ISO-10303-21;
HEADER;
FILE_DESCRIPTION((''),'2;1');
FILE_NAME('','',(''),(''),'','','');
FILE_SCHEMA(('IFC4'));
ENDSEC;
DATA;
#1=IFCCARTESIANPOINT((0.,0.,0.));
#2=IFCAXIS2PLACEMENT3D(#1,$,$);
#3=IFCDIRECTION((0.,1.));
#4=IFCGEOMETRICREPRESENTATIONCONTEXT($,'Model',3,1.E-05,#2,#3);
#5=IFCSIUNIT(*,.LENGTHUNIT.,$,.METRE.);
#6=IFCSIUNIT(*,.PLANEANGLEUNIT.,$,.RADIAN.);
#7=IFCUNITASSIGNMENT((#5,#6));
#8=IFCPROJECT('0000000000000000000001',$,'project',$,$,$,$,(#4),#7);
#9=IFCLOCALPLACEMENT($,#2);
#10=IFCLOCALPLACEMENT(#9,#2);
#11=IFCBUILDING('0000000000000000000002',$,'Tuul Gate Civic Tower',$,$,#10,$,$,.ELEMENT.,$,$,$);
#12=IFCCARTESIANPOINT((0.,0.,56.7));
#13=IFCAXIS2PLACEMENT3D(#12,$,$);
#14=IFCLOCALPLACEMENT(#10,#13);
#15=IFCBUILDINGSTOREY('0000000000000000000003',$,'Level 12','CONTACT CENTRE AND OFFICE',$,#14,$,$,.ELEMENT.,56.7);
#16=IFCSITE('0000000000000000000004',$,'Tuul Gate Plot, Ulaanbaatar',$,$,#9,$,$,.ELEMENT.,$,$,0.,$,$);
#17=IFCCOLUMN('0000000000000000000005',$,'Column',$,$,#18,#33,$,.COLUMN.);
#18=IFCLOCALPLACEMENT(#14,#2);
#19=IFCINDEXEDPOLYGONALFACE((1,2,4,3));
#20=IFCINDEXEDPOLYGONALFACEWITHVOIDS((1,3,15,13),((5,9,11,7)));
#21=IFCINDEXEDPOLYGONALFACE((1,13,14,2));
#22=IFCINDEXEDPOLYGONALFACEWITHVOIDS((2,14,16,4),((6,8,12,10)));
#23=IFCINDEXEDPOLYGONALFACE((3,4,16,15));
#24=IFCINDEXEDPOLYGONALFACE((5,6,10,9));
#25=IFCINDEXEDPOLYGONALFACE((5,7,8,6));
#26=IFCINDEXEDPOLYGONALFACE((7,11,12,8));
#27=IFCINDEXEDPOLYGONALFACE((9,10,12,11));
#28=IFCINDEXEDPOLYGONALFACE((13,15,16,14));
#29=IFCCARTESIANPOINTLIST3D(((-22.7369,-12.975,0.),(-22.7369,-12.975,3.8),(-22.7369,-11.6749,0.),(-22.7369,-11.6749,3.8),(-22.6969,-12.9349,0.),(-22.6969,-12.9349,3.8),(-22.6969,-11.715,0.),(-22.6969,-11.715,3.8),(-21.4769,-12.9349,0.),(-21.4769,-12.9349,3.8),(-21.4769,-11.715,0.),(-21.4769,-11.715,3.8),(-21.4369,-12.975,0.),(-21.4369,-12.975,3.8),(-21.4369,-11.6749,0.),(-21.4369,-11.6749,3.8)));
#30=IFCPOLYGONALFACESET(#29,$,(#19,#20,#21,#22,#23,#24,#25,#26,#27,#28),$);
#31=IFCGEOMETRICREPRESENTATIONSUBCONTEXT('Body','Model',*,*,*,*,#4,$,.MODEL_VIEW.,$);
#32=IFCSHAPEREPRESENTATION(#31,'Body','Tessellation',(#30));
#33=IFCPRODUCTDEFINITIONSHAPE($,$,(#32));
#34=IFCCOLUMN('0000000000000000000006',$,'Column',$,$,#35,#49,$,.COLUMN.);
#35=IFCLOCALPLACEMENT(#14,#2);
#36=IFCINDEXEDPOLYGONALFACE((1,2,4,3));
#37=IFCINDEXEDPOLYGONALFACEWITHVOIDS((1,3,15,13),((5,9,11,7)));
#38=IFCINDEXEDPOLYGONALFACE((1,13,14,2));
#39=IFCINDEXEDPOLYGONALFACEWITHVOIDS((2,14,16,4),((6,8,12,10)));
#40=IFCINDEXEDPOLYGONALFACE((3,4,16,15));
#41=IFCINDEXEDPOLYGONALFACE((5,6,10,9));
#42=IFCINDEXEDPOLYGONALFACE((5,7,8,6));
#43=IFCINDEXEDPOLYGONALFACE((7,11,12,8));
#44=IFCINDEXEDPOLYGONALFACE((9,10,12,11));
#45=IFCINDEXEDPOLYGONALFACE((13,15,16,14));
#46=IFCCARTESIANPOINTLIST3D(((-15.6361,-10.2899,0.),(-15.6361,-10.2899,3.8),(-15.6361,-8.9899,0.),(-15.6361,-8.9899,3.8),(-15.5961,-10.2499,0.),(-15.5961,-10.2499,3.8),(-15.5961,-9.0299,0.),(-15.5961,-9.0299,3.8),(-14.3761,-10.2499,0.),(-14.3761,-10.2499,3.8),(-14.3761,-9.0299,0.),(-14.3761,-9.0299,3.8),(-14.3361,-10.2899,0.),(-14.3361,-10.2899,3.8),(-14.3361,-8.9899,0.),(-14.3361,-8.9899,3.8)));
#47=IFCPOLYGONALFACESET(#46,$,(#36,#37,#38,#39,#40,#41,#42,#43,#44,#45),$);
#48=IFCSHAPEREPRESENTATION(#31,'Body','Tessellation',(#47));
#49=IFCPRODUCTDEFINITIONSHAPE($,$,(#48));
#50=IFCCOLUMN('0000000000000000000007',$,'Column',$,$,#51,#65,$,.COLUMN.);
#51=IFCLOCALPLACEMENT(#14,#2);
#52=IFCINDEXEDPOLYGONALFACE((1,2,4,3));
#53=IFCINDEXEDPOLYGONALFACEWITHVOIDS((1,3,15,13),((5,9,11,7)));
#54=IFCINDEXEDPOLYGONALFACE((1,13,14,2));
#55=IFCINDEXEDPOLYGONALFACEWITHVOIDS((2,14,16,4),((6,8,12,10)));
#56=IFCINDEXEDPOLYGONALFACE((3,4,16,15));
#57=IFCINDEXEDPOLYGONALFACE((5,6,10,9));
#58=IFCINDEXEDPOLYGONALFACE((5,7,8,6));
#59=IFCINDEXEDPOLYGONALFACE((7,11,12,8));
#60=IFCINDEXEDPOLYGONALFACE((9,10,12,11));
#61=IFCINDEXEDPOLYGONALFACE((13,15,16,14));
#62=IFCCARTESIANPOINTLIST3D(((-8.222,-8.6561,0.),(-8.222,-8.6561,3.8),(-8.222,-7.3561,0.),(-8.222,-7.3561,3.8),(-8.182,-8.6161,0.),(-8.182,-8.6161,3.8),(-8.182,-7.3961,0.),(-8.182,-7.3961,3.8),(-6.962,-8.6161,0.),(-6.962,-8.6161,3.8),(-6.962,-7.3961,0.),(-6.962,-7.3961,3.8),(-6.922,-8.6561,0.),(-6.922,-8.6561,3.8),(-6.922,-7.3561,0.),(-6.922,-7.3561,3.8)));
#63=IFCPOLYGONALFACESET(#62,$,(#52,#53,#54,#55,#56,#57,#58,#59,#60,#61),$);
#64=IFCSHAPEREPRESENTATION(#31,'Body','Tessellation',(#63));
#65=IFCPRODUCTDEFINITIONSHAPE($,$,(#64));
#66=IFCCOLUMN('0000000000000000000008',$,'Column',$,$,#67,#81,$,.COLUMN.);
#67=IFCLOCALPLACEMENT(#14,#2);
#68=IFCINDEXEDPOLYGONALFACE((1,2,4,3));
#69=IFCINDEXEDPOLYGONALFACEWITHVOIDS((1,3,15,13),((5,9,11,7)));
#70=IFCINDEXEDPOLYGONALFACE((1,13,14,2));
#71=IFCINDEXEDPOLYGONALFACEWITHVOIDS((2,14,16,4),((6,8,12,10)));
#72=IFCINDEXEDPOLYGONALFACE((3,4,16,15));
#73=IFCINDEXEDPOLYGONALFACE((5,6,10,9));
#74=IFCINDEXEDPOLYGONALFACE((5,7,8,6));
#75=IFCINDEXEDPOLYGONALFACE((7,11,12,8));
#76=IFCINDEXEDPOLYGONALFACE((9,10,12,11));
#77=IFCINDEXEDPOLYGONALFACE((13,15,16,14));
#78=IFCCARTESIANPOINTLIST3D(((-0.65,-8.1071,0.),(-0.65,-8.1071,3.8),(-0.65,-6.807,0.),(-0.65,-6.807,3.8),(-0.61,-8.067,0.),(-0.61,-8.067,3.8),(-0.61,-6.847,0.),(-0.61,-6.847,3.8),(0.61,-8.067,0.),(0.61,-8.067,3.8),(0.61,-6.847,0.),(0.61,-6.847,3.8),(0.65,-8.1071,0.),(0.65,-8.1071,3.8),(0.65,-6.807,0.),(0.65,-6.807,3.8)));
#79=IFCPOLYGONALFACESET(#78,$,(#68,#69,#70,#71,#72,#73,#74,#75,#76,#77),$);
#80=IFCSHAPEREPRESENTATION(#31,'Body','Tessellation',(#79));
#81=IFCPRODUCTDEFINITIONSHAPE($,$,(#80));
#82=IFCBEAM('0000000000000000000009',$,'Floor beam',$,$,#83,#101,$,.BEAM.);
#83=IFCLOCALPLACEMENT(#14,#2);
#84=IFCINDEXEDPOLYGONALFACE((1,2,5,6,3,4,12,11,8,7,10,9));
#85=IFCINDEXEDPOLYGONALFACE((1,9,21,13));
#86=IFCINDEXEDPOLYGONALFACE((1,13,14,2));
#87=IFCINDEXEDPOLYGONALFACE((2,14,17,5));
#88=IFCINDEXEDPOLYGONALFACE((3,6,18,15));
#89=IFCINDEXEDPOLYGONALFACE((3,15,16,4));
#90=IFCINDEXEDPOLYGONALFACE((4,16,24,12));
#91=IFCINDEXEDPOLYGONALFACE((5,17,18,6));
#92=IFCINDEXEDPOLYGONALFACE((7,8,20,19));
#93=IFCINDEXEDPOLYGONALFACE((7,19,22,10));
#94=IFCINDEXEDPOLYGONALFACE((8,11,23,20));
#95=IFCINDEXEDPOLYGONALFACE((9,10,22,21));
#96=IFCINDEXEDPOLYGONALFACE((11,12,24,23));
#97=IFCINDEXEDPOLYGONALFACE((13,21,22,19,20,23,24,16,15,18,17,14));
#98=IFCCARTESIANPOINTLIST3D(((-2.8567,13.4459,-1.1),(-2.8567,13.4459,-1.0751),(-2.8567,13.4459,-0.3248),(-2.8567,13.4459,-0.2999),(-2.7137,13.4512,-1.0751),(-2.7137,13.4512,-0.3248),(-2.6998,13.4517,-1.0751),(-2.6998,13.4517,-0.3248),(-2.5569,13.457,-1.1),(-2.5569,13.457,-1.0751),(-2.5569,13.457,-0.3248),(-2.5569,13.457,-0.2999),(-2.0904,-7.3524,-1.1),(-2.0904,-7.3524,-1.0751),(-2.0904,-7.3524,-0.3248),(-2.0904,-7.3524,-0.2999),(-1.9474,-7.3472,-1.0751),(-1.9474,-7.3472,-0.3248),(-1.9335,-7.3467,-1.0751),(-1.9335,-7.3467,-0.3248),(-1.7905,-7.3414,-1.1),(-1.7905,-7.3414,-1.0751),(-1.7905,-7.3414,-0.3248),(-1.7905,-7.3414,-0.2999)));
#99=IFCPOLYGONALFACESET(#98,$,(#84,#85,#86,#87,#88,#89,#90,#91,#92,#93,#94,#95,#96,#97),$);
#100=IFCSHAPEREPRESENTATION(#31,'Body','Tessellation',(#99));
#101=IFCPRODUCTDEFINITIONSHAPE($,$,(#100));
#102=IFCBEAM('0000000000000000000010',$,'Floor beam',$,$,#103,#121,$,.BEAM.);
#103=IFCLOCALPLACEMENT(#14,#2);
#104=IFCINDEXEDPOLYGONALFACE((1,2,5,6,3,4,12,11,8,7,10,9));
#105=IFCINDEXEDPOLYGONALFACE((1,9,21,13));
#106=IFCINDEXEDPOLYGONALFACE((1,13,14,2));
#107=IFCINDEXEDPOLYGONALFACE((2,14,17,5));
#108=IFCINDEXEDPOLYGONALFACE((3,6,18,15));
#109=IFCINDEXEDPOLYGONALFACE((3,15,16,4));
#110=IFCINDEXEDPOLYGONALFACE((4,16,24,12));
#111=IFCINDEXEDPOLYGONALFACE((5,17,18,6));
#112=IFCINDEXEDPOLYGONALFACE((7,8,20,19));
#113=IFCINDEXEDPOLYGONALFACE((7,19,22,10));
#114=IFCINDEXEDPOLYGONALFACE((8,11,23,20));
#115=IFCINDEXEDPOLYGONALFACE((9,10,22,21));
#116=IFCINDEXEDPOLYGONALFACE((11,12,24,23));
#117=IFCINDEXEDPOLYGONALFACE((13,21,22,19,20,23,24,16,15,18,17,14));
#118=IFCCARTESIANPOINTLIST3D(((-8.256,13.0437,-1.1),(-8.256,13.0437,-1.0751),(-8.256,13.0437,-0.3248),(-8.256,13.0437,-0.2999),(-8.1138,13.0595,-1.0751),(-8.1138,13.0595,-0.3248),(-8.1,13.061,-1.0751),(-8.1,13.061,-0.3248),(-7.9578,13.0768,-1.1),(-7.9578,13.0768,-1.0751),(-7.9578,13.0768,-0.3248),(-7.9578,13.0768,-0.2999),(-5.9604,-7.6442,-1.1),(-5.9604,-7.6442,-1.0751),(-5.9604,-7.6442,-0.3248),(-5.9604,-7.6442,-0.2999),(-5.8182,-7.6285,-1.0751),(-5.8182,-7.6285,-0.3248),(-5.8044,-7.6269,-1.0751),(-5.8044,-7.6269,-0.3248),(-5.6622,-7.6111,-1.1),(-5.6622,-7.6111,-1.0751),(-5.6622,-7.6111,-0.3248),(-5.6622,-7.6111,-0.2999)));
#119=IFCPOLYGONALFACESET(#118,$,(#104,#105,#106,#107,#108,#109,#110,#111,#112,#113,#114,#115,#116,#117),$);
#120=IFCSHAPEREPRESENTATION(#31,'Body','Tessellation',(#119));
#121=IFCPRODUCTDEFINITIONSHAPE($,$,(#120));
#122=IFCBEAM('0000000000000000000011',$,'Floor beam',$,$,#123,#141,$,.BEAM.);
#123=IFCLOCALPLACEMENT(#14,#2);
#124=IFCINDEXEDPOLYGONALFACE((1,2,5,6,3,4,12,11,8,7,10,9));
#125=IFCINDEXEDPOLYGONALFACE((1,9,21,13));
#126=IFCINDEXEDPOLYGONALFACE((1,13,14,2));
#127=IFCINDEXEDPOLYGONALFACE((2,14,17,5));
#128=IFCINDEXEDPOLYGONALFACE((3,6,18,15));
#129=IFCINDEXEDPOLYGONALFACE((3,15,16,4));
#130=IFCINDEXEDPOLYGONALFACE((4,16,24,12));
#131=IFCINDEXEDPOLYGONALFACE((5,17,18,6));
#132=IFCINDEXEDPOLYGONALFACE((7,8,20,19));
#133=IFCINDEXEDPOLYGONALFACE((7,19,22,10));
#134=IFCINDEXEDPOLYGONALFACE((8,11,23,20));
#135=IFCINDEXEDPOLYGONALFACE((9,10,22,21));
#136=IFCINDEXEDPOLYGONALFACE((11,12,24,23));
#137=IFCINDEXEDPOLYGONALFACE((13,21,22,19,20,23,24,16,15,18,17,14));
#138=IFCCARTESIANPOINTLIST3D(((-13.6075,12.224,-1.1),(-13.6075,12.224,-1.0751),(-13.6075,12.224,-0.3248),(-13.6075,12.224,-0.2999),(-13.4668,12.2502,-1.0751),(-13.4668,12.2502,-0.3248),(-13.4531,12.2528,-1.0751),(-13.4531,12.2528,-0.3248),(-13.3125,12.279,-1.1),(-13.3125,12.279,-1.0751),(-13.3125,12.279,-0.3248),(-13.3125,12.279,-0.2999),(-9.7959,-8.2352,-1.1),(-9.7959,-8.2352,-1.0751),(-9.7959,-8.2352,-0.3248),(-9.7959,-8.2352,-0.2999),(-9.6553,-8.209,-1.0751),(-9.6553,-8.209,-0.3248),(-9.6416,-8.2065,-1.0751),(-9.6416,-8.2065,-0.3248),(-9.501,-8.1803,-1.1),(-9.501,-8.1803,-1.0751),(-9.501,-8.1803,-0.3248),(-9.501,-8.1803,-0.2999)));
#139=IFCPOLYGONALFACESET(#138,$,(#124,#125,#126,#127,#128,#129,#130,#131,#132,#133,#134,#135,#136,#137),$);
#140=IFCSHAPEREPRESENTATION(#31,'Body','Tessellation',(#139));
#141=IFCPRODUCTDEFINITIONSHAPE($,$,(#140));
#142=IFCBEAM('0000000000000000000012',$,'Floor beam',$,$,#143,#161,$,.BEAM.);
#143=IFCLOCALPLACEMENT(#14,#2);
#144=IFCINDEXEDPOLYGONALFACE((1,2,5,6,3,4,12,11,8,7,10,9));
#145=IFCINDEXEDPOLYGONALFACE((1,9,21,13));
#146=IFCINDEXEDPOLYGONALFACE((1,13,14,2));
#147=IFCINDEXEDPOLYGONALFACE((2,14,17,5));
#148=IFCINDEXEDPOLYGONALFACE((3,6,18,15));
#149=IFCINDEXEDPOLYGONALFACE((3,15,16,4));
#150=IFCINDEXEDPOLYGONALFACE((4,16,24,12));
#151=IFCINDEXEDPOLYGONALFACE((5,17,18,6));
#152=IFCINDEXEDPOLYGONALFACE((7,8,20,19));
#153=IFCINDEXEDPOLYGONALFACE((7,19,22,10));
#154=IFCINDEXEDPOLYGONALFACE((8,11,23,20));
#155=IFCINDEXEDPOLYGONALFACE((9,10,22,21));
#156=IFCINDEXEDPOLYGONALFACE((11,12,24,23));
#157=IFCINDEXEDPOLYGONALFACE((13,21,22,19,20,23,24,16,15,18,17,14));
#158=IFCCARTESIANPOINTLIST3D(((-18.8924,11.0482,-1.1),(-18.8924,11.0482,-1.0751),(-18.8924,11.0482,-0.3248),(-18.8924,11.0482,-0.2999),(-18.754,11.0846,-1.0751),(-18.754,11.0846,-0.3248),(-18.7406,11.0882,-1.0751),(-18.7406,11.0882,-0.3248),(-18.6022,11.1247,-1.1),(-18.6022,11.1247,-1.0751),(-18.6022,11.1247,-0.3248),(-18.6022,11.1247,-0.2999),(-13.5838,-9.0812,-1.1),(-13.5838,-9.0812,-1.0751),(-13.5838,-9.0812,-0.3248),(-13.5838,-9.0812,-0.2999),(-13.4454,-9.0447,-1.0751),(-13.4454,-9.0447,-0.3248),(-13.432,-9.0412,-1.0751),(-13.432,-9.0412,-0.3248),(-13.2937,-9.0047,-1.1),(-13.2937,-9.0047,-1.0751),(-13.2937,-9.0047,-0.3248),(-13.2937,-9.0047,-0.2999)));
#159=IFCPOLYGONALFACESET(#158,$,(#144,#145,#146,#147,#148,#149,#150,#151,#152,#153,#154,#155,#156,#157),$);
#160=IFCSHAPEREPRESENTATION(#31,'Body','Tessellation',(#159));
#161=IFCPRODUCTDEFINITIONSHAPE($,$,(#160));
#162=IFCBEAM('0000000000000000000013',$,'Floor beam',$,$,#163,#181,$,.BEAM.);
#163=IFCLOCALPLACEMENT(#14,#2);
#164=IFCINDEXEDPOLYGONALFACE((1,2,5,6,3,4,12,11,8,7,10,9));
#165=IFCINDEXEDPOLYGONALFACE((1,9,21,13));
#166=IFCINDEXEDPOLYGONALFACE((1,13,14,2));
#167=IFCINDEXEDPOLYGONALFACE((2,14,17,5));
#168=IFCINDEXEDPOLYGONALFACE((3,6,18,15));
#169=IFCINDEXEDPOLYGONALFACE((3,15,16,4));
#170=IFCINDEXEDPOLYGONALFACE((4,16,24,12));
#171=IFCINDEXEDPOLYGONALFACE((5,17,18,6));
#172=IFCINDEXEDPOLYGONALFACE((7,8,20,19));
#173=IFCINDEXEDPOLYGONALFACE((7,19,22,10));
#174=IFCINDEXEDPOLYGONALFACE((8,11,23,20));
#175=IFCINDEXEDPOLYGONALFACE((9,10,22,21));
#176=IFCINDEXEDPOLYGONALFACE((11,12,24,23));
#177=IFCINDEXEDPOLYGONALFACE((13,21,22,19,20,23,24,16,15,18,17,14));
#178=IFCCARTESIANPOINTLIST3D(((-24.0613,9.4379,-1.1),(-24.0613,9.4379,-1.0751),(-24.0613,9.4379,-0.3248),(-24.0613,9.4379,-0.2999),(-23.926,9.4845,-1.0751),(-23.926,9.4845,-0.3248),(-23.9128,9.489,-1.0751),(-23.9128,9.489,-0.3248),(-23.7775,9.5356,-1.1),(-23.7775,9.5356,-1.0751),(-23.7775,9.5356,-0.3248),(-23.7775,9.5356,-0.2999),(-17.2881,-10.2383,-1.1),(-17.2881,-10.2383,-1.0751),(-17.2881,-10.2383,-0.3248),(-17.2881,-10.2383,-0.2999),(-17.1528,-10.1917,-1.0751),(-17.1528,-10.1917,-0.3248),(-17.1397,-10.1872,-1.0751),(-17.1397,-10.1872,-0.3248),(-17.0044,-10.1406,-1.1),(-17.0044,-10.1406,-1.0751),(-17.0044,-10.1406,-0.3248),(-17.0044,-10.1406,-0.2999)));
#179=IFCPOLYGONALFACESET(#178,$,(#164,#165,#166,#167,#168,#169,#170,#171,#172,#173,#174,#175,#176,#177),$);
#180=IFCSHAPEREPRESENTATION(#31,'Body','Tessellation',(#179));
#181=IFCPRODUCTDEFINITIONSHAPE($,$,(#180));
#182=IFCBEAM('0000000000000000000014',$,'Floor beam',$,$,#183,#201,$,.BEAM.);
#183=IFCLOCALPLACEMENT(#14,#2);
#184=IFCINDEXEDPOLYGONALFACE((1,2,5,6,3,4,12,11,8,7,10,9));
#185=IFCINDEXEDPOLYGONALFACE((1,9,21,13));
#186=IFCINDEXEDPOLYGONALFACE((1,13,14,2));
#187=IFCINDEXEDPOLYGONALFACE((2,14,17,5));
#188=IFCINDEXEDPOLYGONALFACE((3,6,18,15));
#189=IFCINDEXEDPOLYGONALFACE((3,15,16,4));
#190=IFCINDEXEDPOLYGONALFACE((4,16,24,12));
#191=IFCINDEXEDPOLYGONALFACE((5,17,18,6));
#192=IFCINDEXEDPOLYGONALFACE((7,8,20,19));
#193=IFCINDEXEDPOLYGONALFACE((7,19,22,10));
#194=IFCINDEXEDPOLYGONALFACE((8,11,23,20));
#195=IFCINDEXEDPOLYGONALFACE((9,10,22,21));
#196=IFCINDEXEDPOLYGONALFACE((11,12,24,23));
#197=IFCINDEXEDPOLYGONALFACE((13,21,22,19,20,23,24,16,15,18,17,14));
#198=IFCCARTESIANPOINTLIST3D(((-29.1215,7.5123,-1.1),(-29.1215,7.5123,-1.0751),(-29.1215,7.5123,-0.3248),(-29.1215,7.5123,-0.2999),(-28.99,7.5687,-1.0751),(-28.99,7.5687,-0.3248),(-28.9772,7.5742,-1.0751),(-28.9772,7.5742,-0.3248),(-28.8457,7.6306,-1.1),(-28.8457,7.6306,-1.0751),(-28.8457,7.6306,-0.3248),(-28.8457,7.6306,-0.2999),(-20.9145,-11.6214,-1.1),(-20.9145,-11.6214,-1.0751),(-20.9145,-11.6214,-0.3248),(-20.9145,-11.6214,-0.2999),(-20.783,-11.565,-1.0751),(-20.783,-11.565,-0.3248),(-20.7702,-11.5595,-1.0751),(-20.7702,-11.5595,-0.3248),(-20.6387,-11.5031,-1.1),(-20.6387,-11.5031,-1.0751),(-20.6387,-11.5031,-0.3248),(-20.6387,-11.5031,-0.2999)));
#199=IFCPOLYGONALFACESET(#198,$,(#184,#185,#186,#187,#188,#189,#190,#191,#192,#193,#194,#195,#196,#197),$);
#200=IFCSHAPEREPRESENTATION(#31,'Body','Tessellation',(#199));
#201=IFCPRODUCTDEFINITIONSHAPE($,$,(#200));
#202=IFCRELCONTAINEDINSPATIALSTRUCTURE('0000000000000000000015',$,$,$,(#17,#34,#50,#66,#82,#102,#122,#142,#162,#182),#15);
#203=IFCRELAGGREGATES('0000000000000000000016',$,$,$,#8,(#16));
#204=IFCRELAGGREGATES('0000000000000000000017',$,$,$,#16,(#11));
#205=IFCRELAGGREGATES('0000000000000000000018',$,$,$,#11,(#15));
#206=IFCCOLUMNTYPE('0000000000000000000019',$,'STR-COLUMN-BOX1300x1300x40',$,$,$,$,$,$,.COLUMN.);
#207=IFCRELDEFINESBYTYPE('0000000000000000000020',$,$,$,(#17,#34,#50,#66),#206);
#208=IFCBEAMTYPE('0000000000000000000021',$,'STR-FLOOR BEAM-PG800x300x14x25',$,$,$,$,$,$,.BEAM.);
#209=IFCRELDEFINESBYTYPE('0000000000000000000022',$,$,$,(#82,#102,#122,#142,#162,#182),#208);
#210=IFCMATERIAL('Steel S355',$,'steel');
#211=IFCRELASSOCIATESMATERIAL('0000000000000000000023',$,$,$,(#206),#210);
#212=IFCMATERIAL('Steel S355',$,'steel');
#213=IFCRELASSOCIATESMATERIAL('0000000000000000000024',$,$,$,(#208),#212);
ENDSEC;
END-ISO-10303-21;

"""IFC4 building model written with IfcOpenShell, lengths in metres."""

from ifc_helpers import new_model, si_unit, direction, frame, origin, origin_2d, place, context, subcontext, project, spatial, hollow_rectangle, i_section, extrude, material, material_profile, profile_set, type_object, element, save


model = new_model("IFC4")

# Units and contexts
model_context = context("Model", 3, precision=1e-05, world=origin(), true_north=direction((0.0, 1.0)))
body_context = subcontext(model_context, "Body", "Model", "MODEL_VIEW")
ifc_project = project(units=[si_unit("LENGTHUNIT", "METRE"), si_unit("PLANEANGLEUNIT", "RADIAN")], contexts=[model_context])

# Site, building, storey
site_placement = place(None, origin())
site = spatial("IfcSite", under=ifc_project, at=site_placement, Name="Tuul Gate Plot, Ulaanbaatar", CompositionType="ELEMENT", RefElevation=0.0)
building_placement = place(site_placement, origin())
building = spatial("IfcBuilding", under=site, at=building_placement, Name="Tuul Gate Civic Tower", CompositionType="ELEMENT")
storey_placement = place(building_placement, frame((0.0, 0.0, 56.7)))
storey = spatial("IfcBuildingStorey", under=building, at=storey_placement, Name="Level 12", Description="CONTACT CENTRE AND OFFICE", CompositionType="ELEMENT", Elevation=56.7)

# Columns
ifc_material_1 = material(Name="Steel S355", Category="steel")
ifc_material_profile_1 = material_profile(ifc_material_1, hollow_rectangle(XDim=1.3, YDim=1.3, WallThickness=0.04, at=origin_2d()), Name="BOX1300x1300x40")
ifc_profile_set_1 = profile_set([ifc_material_profile_1], Name="Steel S355")
column_type = type_object("IfcColumnType", Name="STR-COLUMN-BOX1300x1300x40", PredefinedType="COLUMN", material=ifc_profile_set_1)
for number, where, z_axis, x_axis, name in (
    (1, (-22.0869, -12.325, 0.0), (0.0, 0.0, 1.0), (1.0, 0.0, 0.0), "Column"),
    (2, (-14.9861, -9.6399, 0.0), (0.0, 0.0, 1.0), (1.0, 0.0, 0.0), "Column"),
    (3, (-7.572, -8.0061, 0.0), (0.0, 0.0, 1.0), (1.0, 0.0, 0.0), "Column"),
    (4, (0.0, -7.457, 0.0), (0.0, 0.0, 1.0), (1.0, 0.0, 0.0), "Column"),
):
    element("IfcColumn", number, at=place(storey_placement, frame(where, z_axis=z_axis, x_axis=x_axis)), inside=storey, type_object=column_type, Name=name, PredefinedType="COLUMN", context=body_context, shape_type="SweptSolid", body=[
        extrude(hollow_rectangle(XDim=1.3, YDim=1.3, WallThickness=0.04, at=origin_2d()), origin(), (0.0, 0.0, 1.0), 3.8),
    ])

# Beams
ifc_material_2 = material(Name="Steel S355", Category="steel")
ifc_material_profile_2 = material_profile(ifc_material_2, i_section(OverallWidth=0.3, OverallDepth=0.8, WebThickness=0.0139, FlangeThickness=0.0249, at=origin_2d()), Name="PG800x300x14x25")
ifc_profile_set_2 = profile_set([ifc_material_profile_2], Name="Steel S355")
beam_type_1 = type_object("IfcBeamType", Name="STR-FLOOR BEAM-PG800x300x14x25", PredefinedType="BEAM", material=ifc_profile_set_2)
beam_1_placement = place(storey_placement, frame((-1.9404, -7.3469, -0.7), z_axis=(-0.036822, 0.999322, 0.0), x_axis=(-0.999322, -0.036822, 0.0)))
element("IfcBeam", 5, at=beam_1_placement, inside=storey, type_object=beam_type_1, Name="Floor beam", PredefinedType="BEAM", context=body_context, shape_type="SweptSolid", body=[
    extrude(i_section(OverallWidth=0.3, OverallDepth=0.8, WebThickness=0.0139, FlangeThickness=0.0249, at=origin_2d()), origin(), (0.0, 0.0, 1.0), 20.8125),
])
beam_2_placement = place(storey_placement, frame((-5.8113, -7.6277, -0.7), z_axis=(-0.110289, 0.9939, 0.0), x_axis=(-0.9939, -0.110289, 0.0)))
element("IfcBeam", 6, at=beam_2_placement, inside=storey, type_object=beam_type_1, Name="Floor beam", PredefinedType="BEAM", context=body_context, shape_type="SweptSolid", body=[
    extrude(i_section(OverallWidth=0.3, OverallDepth=0.8, WebThickness=0.0139, FlangeThickness=0.0249, at=origin_2d()), origin(), (0.0, 0.0, 1.0), 20.8149),
])
beam_3_placement = place(storey_placement, frame((-9.6484, -8.2078, -0.7), z_axis=(-0.183147, 0.983085, 0.0), x_axis=(-0.983085, -0.183147, 0.0)))
element("IfcBeam", 7, at=beam_3_placement, inside=storey, type_object=beam_type_1, Name="Floor beam", PredefinedType="BEAM", context=body_context, shape_type="SweptSolid", body=[
    extrude(i_section(OverallWidth=0.3, OverallDepth=0.8, WebThickness=0.0139, FlangeThickness=0.0249, at=origin_2d()), origin(), (0.0, 0.0, 1.0), 20.8113),
])
beam_4_placement = place(storey_placement, frame((-13.4387, -9.043, -0.7), z_axis=(-0.255005, 0.96694, 0.0), x_axis=(-0.96694, -0.255005, 0.0)))
element("IfcBeam", 8, at=beam_4_placement, inside=storey, type_object=beam_type_1, Name="Floor beam", PredefinedType="BEAM", context=body_context, shape_type="SweptSolid", body=[
    extrude(i_section(OverallWidth=0.3, OverallDepth=0.8, WebThickness=0.0139, FlangeThickness=0.0249, at=origin_2d()), origin(), (0.0, 0.0, 1.0), 20.8176),
])
beam_5_placement = place(storey_placement, frame((-17.1462, -10.1895, -0.7), z_axis=(-0.325487, 0.945547, 0.0), x_axis=(-0.945547, -0.325487, 0.0)))
element("IfcBeam", 9, at=beam_5_placement, inside=storey, type_object=beam_type_1, Name="Floor beam", PredefinedType="BEAM", context=body_context, shape_type="SweptSolid", body=[
    extrude(i_section(OverallWidth=0.3, OverallDepth=0.8, WebThickness=0.0139, FlangeThickness=0.0249, at=origin_2d()), origin(), (0.0, 0.0, 1.0), 20.8093),
])
beam_6_placement = place(storey_placement, frame((-20.7766, -11.5623, -0.7), z_axis=(-0.394197, 0.919026, 0.0), x_axis=(-0.919026, -0.394197, 0.0)))
element("IfcBeam", 10, at=beam_6_placement, inside=storey, type_object=beam_type_1, Name="Floor beam", PredefinedType="BEAM", context=body_context, shape_type="SweptSolid", body=[
    extrude(i_section(OverallWidth=0.3, OverallDepth=0.8, WebThickness=0.0139, FlangeThickness=0.0249, at=origin_2d()), origin(), (0.0, 0.0, 1.0), 20.8196),
])

save(model, "model.ifc")
